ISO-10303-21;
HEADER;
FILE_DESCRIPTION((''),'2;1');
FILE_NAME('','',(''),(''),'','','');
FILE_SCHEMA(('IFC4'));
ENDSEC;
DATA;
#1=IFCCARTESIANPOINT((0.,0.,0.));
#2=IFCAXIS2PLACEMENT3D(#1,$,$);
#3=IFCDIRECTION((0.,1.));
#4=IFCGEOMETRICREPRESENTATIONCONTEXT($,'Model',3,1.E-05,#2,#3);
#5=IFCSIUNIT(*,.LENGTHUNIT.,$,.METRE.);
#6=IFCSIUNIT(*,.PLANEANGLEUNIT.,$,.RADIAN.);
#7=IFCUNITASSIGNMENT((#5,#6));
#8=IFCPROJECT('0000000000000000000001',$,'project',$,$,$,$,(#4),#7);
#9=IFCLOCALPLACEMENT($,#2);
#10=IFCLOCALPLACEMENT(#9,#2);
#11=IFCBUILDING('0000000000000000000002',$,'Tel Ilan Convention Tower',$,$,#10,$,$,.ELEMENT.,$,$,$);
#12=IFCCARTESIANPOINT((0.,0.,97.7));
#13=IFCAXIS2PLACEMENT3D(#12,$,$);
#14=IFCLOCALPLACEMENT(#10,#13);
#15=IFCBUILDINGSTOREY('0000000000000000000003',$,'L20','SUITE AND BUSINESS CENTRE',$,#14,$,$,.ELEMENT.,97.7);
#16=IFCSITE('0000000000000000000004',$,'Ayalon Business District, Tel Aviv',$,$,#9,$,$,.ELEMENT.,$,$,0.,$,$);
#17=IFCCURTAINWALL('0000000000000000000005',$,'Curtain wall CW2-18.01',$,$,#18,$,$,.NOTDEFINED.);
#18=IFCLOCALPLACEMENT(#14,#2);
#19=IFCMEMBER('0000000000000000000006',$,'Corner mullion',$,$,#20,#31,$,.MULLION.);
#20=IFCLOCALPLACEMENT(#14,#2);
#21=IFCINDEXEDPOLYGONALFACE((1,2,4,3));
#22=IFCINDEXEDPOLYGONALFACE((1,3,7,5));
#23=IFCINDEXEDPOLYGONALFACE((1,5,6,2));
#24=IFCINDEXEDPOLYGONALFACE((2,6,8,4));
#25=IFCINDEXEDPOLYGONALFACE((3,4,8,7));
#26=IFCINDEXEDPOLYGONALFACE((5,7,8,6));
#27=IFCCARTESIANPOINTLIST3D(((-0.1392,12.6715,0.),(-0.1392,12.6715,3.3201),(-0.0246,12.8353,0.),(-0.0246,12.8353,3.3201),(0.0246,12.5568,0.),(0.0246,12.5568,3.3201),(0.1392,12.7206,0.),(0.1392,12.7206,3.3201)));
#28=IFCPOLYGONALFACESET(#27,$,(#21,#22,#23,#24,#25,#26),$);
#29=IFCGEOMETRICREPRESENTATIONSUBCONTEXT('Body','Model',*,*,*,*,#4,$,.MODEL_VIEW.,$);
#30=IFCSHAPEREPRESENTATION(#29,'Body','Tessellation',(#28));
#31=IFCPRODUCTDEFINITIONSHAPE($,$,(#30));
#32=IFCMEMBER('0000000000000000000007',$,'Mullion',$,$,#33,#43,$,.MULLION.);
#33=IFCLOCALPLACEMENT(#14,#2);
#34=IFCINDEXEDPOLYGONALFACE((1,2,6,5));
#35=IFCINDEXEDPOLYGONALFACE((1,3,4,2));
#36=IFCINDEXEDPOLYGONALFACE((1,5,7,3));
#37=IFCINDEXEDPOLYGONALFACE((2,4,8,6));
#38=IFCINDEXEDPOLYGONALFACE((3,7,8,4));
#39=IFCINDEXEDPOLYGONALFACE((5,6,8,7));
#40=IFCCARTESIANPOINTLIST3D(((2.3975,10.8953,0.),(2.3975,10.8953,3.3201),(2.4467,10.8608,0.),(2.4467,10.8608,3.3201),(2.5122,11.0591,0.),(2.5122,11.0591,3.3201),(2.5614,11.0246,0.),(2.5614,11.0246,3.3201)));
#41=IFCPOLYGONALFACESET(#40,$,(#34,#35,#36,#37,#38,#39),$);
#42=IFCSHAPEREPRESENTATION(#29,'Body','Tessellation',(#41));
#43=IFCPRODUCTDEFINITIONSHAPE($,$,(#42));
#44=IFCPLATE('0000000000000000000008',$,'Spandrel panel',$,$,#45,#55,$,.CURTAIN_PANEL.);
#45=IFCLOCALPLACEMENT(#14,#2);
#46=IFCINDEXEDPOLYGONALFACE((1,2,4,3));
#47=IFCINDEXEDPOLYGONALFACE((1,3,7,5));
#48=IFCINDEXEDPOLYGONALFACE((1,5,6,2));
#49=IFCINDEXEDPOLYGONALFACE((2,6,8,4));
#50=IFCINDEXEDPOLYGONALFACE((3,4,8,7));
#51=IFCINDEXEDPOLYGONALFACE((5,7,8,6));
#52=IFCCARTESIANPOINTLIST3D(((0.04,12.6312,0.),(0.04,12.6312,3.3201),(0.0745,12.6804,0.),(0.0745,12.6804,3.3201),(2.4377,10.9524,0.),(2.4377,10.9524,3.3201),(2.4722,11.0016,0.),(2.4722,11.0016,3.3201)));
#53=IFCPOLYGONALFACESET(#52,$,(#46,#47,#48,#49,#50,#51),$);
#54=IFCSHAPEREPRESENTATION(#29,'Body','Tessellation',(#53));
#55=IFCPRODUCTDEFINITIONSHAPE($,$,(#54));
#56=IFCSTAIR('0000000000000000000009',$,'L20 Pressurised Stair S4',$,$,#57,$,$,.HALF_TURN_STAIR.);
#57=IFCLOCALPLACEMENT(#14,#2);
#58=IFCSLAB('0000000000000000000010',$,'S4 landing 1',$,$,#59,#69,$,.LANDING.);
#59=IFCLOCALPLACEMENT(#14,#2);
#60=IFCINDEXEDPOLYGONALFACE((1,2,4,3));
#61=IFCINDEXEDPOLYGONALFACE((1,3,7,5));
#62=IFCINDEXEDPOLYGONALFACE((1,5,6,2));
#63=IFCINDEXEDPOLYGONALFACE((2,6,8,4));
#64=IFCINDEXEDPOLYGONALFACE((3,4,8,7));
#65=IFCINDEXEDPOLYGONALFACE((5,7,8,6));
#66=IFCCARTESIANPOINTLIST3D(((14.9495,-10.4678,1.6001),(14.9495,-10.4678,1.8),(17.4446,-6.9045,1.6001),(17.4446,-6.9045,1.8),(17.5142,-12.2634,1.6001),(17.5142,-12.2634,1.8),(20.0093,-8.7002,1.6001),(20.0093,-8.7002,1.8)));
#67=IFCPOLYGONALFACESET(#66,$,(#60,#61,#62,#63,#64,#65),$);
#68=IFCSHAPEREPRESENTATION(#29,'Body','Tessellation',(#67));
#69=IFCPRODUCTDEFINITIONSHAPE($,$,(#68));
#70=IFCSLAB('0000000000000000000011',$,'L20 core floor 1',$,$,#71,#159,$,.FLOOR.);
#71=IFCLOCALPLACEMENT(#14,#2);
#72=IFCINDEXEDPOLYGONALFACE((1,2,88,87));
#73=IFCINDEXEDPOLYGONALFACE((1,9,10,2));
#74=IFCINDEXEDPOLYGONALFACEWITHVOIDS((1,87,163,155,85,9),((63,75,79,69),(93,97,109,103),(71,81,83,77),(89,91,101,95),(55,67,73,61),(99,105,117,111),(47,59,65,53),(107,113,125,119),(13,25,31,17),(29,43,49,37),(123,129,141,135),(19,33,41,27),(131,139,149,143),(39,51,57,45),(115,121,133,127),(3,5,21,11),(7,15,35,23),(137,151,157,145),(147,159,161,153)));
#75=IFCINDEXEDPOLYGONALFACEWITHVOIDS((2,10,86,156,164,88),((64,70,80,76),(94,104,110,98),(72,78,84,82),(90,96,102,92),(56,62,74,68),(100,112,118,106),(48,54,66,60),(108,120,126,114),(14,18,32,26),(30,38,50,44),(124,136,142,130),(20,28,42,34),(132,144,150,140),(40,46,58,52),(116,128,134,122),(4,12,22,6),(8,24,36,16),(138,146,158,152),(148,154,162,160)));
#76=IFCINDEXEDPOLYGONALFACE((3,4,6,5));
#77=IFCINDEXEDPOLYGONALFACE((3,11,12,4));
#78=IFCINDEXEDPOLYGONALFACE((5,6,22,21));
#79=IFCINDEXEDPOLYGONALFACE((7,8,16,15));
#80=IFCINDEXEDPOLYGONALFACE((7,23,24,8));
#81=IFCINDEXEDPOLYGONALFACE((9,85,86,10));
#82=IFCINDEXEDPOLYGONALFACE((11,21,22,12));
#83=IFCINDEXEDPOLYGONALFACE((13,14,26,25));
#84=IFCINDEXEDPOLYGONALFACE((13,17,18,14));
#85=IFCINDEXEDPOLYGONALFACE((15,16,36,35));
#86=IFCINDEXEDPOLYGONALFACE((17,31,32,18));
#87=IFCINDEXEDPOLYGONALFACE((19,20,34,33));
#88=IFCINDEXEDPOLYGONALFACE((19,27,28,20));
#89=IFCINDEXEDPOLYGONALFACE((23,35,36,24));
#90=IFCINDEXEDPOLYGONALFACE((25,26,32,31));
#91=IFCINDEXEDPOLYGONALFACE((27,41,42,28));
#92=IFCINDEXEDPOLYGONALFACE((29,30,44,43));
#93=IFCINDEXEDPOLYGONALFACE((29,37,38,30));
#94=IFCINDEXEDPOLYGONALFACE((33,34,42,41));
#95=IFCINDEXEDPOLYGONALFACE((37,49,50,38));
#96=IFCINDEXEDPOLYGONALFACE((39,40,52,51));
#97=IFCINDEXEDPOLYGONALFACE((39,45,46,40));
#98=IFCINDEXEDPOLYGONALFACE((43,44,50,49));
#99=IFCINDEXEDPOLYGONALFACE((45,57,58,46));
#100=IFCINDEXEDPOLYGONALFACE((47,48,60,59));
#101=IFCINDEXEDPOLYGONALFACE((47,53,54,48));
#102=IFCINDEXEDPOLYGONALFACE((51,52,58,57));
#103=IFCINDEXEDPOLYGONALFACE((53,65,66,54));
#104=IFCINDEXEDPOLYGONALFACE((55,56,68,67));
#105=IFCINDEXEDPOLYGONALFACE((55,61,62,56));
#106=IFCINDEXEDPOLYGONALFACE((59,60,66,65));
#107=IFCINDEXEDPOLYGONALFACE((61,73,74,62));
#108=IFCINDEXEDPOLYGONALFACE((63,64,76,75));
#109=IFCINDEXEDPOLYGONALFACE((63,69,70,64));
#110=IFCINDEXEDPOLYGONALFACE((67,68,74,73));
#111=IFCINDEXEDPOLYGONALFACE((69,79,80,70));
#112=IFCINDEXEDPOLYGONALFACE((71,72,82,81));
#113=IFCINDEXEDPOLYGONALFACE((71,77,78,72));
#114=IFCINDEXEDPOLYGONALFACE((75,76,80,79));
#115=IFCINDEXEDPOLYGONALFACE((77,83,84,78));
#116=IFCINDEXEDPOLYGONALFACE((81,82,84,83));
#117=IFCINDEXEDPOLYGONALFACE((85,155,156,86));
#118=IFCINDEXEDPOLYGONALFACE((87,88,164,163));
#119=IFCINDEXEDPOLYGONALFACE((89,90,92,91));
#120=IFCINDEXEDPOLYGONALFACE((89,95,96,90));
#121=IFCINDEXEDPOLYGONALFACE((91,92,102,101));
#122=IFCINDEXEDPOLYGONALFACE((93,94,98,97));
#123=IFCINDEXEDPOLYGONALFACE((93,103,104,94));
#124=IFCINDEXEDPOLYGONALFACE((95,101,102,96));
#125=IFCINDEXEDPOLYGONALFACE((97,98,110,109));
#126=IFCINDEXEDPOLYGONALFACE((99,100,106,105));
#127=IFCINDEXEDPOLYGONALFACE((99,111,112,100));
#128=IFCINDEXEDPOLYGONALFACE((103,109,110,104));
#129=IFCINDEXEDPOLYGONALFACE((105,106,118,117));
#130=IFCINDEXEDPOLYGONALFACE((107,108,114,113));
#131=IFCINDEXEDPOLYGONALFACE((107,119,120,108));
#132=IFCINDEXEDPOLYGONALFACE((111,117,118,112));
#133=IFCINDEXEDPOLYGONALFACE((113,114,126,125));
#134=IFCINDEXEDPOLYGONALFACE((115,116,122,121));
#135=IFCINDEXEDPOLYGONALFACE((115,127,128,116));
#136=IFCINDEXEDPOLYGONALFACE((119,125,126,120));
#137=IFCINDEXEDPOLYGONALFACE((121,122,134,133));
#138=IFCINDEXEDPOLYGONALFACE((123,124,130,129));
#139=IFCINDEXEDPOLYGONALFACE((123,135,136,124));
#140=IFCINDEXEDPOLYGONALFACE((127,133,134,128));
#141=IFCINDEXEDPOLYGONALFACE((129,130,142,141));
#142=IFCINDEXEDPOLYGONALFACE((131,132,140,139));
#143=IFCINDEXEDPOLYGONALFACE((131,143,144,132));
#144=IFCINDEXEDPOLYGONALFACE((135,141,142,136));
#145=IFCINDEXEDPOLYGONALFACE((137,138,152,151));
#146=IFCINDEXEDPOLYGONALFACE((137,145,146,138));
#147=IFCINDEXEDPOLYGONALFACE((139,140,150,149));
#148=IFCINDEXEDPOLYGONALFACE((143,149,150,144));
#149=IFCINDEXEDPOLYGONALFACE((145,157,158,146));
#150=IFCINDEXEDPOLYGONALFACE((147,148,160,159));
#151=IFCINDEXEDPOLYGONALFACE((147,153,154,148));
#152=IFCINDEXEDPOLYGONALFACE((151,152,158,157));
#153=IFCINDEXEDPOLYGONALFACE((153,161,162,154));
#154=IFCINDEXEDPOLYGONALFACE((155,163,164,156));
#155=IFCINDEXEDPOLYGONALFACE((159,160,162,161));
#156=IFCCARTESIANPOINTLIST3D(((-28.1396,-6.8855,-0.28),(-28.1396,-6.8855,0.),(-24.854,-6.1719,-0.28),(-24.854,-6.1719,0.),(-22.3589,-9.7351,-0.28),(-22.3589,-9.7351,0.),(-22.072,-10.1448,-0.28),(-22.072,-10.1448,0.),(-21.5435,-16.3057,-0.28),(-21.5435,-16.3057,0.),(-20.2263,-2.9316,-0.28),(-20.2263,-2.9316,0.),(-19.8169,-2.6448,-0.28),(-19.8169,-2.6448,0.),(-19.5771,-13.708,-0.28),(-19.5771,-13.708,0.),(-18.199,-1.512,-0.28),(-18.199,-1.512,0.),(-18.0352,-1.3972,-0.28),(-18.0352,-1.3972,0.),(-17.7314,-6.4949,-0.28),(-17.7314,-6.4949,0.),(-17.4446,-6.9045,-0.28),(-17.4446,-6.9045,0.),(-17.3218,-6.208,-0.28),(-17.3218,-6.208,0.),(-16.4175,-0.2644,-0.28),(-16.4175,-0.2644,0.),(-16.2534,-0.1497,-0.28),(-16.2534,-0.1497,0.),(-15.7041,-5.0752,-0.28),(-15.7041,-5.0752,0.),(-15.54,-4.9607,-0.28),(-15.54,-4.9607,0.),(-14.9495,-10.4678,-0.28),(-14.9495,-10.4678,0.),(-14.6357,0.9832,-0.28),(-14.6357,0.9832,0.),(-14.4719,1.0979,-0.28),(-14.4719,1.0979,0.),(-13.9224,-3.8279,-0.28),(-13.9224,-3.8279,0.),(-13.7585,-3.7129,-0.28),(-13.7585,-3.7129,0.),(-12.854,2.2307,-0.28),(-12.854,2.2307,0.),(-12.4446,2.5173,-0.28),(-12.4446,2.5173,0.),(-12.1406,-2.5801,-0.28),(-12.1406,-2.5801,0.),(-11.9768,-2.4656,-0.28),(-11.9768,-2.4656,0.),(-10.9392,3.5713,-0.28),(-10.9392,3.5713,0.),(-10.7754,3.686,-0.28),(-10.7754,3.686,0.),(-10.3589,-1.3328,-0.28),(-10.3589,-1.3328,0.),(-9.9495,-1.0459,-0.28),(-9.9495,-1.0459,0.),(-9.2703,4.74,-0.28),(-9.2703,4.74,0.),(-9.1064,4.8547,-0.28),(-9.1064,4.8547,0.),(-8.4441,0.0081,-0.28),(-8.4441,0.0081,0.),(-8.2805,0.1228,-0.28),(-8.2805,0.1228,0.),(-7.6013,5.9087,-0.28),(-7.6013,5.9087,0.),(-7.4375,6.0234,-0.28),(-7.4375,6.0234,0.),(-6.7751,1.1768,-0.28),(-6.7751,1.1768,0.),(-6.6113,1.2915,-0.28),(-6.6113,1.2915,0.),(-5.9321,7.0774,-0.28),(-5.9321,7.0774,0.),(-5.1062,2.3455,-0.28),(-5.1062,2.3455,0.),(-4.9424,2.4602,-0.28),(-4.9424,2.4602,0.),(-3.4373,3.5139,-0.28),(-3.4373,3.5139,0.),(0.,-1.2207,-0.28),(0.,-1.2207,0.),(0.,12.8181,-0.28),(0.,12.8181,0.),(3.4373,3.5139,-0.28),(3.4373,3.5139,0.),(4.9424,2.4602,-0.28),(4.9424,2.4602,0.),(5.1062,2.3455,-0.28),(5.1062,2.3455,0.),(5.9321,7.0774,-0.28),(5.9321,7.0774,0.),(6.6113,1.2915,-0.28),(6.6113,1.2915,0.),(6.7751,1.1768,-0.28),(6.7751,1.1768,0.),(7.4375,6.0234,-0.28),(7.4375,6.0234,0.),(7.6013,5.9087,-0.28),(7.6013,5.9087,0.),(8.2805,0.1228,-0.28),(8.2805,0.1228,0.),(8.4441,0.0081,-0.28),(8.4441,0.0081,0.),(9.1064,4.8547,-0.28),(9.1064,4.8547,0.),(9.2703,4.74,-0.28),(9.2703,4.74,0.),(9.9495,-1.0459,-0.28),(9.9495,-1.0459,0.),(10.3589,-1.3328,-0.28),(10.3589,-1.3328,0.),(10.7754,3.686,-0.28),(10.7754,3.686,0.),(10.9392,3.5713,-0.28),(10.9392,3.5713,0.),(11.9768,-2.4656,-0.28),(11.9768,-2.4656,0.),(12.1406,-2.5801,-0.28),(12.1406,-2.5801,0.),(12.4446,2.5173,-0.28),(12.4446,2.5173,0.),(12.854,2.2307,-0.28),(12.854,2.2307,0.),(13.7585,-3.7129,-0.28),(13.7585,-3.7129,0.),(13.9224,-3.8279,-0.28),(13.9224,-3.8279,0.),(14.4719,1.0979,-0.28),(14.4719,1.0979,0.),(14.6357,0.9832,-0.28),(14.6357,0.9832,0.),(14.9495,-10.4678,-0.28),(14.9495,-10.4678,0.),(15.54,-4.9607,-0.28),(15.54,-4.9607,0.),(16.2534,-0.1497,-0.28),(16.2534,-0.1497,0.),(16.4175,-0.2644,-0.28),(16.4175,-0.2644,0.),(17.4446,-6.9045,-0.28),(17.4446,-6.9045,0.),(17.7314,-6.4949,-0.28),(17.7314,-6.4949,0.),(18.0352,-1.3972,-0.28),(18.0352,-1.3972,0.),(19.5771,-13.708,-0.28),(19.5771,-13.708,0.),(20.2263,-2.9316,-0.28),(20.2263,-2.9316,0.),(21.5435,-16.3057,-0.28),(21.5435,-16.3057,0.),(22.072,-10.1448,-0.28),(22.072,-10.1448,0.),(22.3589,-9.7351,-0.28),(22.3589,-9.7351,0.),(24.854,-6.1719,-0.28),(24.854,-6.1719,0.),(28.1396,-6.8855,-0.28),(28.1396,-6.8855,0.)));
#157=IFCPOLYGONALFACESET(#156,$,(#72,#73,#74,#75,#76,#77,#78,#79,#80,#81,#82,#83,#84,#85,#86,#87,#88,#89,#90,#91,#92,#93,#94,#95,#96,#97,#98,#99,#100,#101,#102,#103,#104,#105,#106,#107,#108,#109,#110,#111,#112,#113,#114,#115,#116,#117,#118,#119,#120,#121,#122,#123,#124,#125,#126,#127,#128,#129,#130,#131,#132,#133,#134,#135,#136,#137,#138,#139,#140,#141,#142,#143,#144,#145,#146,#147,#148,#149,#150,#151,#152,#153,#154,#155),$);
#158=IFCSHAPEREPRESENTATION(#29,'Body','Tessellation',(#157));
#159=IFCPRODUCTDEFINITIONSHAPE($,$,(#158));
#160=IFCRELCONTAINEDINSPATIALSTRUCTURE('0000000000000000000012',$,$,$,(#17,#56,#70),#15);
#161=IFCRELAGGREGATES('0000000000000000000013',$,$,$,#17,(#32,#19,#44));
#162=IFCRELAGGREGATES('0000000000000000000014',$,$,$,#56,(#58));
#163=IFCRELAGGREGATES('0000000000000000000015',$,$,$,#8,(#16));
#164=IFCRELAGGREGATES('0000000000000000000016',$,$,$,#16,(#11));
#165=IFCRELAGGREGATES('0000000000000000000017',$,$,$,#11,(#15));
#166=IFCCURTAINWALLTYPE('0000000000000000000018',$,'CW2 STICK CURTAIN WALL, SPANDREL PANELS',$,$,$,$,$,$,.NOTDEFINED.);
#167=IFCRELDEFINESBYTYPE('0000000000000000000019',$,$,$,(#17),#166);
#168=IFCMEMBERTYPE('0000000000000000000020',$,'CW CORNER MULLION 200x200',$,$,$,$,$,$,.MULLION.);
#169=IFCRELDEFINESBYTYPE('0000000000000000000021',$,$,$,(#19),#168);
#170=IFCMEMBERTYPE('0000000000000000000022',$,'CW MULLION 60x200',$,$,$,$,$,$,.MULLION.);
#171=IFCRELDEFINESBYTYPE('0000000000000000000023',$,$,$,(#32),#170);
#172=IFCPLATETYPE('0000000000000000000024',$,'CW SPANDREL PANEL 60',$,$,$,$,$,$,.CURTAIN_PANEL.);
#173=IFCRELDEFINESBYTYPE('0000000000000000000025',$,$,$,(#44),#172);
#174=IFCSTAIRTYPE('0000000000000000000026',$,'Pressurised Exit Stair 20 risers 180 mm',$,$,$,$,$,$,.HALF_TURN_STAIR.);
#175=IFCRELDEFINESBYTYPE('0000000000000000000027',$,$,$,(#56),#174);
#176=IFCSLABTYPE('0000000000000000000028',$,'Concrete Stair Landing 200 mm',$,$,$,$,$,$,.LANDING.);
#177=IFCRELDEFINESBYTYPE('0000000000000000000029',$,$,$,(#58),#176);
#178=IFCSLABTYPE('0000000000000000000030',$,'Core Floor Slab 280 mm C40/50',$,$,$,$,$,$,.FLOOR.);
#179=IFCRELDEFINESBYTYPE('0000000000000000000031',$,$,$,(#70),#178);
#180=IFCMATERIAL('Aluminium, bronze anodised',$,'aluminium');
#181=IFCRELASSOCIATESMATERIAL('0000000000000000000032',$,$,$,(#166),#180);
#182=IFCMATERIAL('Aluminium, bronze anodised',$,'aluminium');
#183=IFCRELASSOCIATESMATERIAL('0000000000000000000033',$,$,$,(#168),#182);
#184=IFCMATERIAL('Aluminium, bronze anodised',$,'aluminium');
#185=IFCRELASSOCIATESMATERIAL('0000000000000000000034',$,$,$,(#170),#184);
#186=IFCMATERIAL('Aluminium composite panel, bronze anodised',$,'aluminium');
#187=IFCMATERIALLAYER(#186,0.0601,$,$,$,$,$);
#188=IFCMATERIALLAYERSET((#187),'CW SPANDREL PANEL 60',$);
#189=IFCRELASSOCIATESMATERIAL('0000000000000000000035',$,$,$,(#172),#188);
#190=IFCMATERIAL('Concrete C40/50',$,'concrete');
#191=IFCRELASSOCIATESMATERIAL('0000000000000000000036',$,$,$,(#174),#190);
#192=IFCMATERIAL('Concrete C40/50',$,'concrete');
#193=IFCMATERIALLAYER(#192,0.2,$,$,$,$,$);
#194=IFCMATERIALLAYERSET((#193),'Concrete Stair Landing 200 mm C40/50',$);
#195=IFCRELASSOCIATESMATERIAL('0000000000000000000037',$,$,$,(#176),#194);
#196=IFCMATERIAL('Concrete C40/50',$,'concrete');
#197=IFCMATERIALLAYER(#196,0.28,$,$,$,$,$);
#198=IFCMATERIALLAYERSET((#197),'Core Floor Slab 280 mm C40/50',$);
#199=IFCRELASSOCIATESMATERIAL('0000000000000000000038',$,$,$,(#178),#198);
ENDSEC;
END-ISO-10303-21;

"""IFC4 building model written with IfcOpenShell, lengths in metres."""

from ifc_helpers import new_model, si_unit, direction, frame, origin, origin_2d, place, context, subcontext, project, spatial, polyline, rectangle, outline, extrude, material, layer, layer_set, material_profile, profile_set, type_object, element, aggregate, save


model = new_model("IFC4")

# Units and contexts
model_context = context("Model", 3, precision=1e-05, world=origin(), true_north=direction((0.0, 1.0)))
body_context = subcontext(model_context, "Body", "Model", "MODEL_VIEW")
ifc_project = project(units=[si_unit("LENGTHUNIT", "METRE"), si_unit("PLANEANGLEUNIT", "RADIAN")], contexts=[model_context])

# Site, building, storey
site_placement = place(None, origin())
site = spatial("IfcSite", under=ifc_project, at=site_placement, Name="Ayalon Business District, Tel Aviv", CompositionType="ELEMENT", RefElevation=0.0)
building_placement = place(site_placement, origin())
building = spatial("IfcBuilding", under=site, at=building_placement, Name="Tel Ilan Convention Tower", CompositionType="ELEMENT")
storey_placement = place(building_placement, frame((0.0, 0.0, 97.7)))
storey = spatial("IfcBuildingStorey", under=building, at=storey_placement, Name="L20", Description="SUITE AND BUSINESS CENTRE", CompositionType="ELEMENT", Elevation=97.7)

# Curtain wall, members, plate
ifc_material_1 = material(Name="Aluminium, bronze anodised", Category="aluminium")
curtain_wall_type = type_object("IfcCurtainWallType", Name="CW2 STICK CURTAIN WALL, SPANDREL PANELS", PredefinedType="NOTDEFINED", material=ifc_material_1)
curtain_wall_placement = place(storey_placement, origin())
curtain_wall = element("IfcCurtainWall", 1, at=curtain_wall_placement, inside=storey, type_object=curtain_wall_type, Name="Curtain wall CW2-18.01", PredefinedType="NOTDEFINED")
ifc_material_2 = material(Name="Aluminium, bronze anodised", Category="aluminium")
ifc_material_profile_1 = material_profile(ifc_material_2, rectangle(XDim=0.2, YDim=0.2, at=origin_2d()), Name="CW CORNER MULLION 200x200")
ifc_profile_set_1 = profile_set([ifc_material_profile_1], Name="Aluminium, bronze anodised")
member_type_1 = type_object("IfcMemberType", Name="CW CORNER MULLION 200x200", PredefinedType="MULLION", material=ifc_profile_set_1)
member_1_placement = place(storey_placement, frame((0.0, 12.696, 0.0), z_axis=(0.0, 0.0, 1.0), x_axis=(-0.819152, 0.573576, 0.0)))
member_1 = element("IfcMember", 2, at=member_1_placement, type_object=member_type_1, Name="Corner mullion", PredefinedType="MULLION", context=body_context, shape_type="SweptSolid", body=[
    extrude(rectangle(XDim=0.2, YDim=0.2, at=origin_2d()), origin(), (0.0, 0.0, 1.0), 3.3201),
])
ifc_material_3 = material(Name="Aluminium, bronze anodised", Category="aluminium")
ifc_material_profile_2 = material_profile(ifc_material_3, rectangle(XDim=0.0601, YDim=0.2, at=origin_2d()), Name="CW MULLION 60x200")
ifc_profile_set_2 = profile_set([ifc_material_profile_2], Name="Aluminium, bronze anodised")
member_type_2 = type_object("IfcMemberType", Name="CW MULLION 60x200", PredefinedType="MULLION", material=ifc_profile_set_2)
member_2_placement = place(storey_placement, frame((2.4795, 10.96, 0.0), z_axis=(0.0, 0.0, 1.0), x_axis=(-0.819152, 0.573576, 0.0)))
member_2 = element("IfcMember", 3, at=member_2_placement, type_object=member_type_2, Name="Mullion", PredefinedType="MULLION", context=body_context, shape_type="SweptSolid", body=[
    extrude(rectangle(XDim=0.0601, YDim=0.2, at=origin_2d()), origin(), (0.0, 0.0, 1.0), 3.3201),
])
ifc_material_4 = material(Name="Aluminium composite panel, bronze anodised", Category="aluminium")
ifc_layer_1 = layer(ifc_material_4, 0.0601)
ifc_layer_set_1 = layer_set([ifc_layer_1], Name="CW SPANDREL PANEL 60")
plate_type = type_object("IfcPlateType", Name="CW SPANDREL PANEL 60", PredefinedType="CURTAIN_PANEL", material=ifc_layer_set_1)
plate_placement = place(storey_placement, frame((1.2561, 11.8164, 0.0), z_axis=(0.0, 0.0, 1.0), x_axis=(-0.819152, 0.573576, 0.0)))
plate = element("IfcPlate", 4, at=plate_placement, type_object=plate_type, Name="Spandrel panel", PredefinedType="CURTAIN_PANEL", context=body_context, shape_type="SweptSolid", body=[
    extrude(rectangle(XDim=2.927, YDim=0.0601, at=origin_2d()), origin(), (0.0, 0.0, 1.0), 3.3201),
])
aggregate(curtain_wall, [member_2, member_1, plate])

# Stair, slab
ifc_material_5 = material(Name="Concrete C40/50", Category="concrete")
stair_type = type_object("IfcStairType", Name="Pressurised Exit Stair 20 risers 180 mm", PredefinedType="HALF_TURN_STAIR", material=ifc_material_5)
stair_placement = place(storey_placement, origin())
stair = element("IfcStair", 5, at=stair_placement, inside=storey, type_object=stair_type, Name="L20 Pressurised Stair S4", PredefinedType="HALF_TURN_STAIR")
ifc_material_6 = material(Name="Concrete C40/50", Category="concrete")
ifc_layer_2 = layer(ifc_material_6, 0.2)
ifc_layer_set_2 = layer_set([ifc_layer_2], Name="Concrete Stair Landing 200 mm C40/50")
slab_type_1 = type_object("IfcSlabType", Name="Concrete Stair Landing 200 mm", PredefinedType="LANDING", material=ifc_layer_set_2)
slab_1_placement = place(storey_placement, frame((0.0, 0.0, 1.6001)))
slab_1 = element("IfcSlab", 6, at=slab_1_placement, type_object=slab_type_1, Name="S4 landing 1", PredefinedType="LANDING", context=body_context, shape_type="SweptSolid", body=[
    extrude(outline(polyline([(20.0093, -8.7002), (17.4446, -6.9045), (14.9495, -10.4678), (17.5142, -12.2634), (20.0093, -8.7002)])), origin(), (0.0, 0.0, 1.0), 0.2),
])
aggregate(stair, [slab_1])

# Slab
ifc_material_7 = material(Name="Concrete C40/50", Category="concrete")
ifc_layer_3 = layer(ifc_material_7, 0.28)
ifc_layer_set_3 = layer_set([ifc_layer_3], Name="Core Floor Slab 280 mm C40/50")
slab_type_2 = type_object("IfcSlabType", Name="Core Floor Slab 280 mm C40/50", PredefinedType="FLOOR", material=ifc_layer_set_3)
slab_2_placement = place(storey_placement, frame((0.0, 0.0, -0.28)))
element("IfcSlab", 7, at=slab_2_placement, inside=storey, type_object=slab_type_2, Name="L20 core floor 1", PredefinedType="FLOOR", context=body_context, shape_type="SweptSolid", body=[
    extrude(outline(polyline([(-28.1396, -6.8855), (0.0, 12.8181), (28.1396, -6.8855), (21.5435, -16.3057), (0.0, -1.2207), (-21.5435, -16.3057), (-28.1396, -6.8855)]), holes=[polyline([(-14.9495, -10.4678), (-17.4446, -6.9045), (-22.072, -10.1448), (-19.5771, -13.708), (-14.9495, -10.4678)]), polyline([(-17.7314, -6.4949), (-20.2263, -2.9316), (-24.854, -6.1719), (-22.3589, -9.7351), (-17.7314, -6.4949)]), polyline([(-18.199, -1.512), (-19.8169, -2.6448), (-17.3218, -6.208), (-15.7041, -5.0752), (-18.199, -1.512)]), polyline([(-16.4175, -0.2644), (-18.0352, -1.3972), (-15.54, -4.9607), (-13.9224, -3.8279), (-16.4175, -0.2644)]), polyline([(-14.6357, 0.9832), (-16.2534, -0.1497), (-13.7585, -3.7129), (-12.1406, -2.5801), (-14.6357, 0.9832)]), polyline([(-12.854, 2.2307), (-14.4719, 1.0979), (-11.9768, -2.4656), (-10.3589, -1.3328), (-12.854, 2.2307)]), polyline([(-10.9392, 3.5713), (-12.4446, 2.5173), (-9.9495, -1.0459), (-8.4441, 0.0081), (-10.9392, 3.5713)]), polyline([(-6.7751, 1.1768), (-9.2703, 4.74), (-10.7754, 3.686), (-8.2805, 0.1228), (-6.7751, 1.1768)]), polyline([(-5.1062, 2.3455), (-7.6013, 5.9087), (-9.1064, 4.8547), (-6.6113, 1.2915), (-5.1062, 2.3455)]), polyline([(-5.9321, 7.0774), (-7.4375, 6.0234), (-4.9424, 2.4602), (-3.4373, 3.5139), (-5.9321, 7.0774)]), polyline([(17.4446, -6.9045), (14.9495, -10.4678), (19.5771, -13.708), (22.072, -10.1448), (17.4446, -6.9045)]), polyline([(20.2263, -2.9316), (17.7314, -6.4949), (22.3589, -9.7351), (24.854, -6.1719), (20.2263, -2.9316)]), polyline([(13.9224, -3.8279), (15.54, -4.9607), (18.0352, -1.3972), (16.4175, -0.2644), (13.9224, -3.8279)]), polyline([(12.1406, -2.5801), (13.7585, -3.7129), (16.2534, -0.1497), (14.6357, 0.9832), (12.1406, -2.5801)]), polyline([(11.9768, -2.4656), (14.4719, 1.0979), (12.854, 2.2307), (10.3589, -1.3328), (11.9768, -2.4656)]), polyline([(9.9495, -1.0459), (12.4446, 2.5173), (10.9392, 3.5713), (8.4441, 0.0081), (9.9495, -1.0459)]), polyline([(8.2805, 0.1228), (10.7754, 3.686), (9.2703, 4.74), (6.7751, 1.1768), (8.2805, 0.1228)]), polyline([(5.1062, 2.3455), (6.6113, 1.2915), (9.1064, 4.8547), (7.6013, 5.9087), (5.1062, 2.3455)]), polyline([(3.4373, 3.5139), (4.9424, 2.4602), (7.4375, 6.0234), (5.9321, 7.0774), (3.4373, 3.5139)])]), origin(), (0.0, 0.0, 1.0), 0.28),
])

save(model, "model.ifc")
